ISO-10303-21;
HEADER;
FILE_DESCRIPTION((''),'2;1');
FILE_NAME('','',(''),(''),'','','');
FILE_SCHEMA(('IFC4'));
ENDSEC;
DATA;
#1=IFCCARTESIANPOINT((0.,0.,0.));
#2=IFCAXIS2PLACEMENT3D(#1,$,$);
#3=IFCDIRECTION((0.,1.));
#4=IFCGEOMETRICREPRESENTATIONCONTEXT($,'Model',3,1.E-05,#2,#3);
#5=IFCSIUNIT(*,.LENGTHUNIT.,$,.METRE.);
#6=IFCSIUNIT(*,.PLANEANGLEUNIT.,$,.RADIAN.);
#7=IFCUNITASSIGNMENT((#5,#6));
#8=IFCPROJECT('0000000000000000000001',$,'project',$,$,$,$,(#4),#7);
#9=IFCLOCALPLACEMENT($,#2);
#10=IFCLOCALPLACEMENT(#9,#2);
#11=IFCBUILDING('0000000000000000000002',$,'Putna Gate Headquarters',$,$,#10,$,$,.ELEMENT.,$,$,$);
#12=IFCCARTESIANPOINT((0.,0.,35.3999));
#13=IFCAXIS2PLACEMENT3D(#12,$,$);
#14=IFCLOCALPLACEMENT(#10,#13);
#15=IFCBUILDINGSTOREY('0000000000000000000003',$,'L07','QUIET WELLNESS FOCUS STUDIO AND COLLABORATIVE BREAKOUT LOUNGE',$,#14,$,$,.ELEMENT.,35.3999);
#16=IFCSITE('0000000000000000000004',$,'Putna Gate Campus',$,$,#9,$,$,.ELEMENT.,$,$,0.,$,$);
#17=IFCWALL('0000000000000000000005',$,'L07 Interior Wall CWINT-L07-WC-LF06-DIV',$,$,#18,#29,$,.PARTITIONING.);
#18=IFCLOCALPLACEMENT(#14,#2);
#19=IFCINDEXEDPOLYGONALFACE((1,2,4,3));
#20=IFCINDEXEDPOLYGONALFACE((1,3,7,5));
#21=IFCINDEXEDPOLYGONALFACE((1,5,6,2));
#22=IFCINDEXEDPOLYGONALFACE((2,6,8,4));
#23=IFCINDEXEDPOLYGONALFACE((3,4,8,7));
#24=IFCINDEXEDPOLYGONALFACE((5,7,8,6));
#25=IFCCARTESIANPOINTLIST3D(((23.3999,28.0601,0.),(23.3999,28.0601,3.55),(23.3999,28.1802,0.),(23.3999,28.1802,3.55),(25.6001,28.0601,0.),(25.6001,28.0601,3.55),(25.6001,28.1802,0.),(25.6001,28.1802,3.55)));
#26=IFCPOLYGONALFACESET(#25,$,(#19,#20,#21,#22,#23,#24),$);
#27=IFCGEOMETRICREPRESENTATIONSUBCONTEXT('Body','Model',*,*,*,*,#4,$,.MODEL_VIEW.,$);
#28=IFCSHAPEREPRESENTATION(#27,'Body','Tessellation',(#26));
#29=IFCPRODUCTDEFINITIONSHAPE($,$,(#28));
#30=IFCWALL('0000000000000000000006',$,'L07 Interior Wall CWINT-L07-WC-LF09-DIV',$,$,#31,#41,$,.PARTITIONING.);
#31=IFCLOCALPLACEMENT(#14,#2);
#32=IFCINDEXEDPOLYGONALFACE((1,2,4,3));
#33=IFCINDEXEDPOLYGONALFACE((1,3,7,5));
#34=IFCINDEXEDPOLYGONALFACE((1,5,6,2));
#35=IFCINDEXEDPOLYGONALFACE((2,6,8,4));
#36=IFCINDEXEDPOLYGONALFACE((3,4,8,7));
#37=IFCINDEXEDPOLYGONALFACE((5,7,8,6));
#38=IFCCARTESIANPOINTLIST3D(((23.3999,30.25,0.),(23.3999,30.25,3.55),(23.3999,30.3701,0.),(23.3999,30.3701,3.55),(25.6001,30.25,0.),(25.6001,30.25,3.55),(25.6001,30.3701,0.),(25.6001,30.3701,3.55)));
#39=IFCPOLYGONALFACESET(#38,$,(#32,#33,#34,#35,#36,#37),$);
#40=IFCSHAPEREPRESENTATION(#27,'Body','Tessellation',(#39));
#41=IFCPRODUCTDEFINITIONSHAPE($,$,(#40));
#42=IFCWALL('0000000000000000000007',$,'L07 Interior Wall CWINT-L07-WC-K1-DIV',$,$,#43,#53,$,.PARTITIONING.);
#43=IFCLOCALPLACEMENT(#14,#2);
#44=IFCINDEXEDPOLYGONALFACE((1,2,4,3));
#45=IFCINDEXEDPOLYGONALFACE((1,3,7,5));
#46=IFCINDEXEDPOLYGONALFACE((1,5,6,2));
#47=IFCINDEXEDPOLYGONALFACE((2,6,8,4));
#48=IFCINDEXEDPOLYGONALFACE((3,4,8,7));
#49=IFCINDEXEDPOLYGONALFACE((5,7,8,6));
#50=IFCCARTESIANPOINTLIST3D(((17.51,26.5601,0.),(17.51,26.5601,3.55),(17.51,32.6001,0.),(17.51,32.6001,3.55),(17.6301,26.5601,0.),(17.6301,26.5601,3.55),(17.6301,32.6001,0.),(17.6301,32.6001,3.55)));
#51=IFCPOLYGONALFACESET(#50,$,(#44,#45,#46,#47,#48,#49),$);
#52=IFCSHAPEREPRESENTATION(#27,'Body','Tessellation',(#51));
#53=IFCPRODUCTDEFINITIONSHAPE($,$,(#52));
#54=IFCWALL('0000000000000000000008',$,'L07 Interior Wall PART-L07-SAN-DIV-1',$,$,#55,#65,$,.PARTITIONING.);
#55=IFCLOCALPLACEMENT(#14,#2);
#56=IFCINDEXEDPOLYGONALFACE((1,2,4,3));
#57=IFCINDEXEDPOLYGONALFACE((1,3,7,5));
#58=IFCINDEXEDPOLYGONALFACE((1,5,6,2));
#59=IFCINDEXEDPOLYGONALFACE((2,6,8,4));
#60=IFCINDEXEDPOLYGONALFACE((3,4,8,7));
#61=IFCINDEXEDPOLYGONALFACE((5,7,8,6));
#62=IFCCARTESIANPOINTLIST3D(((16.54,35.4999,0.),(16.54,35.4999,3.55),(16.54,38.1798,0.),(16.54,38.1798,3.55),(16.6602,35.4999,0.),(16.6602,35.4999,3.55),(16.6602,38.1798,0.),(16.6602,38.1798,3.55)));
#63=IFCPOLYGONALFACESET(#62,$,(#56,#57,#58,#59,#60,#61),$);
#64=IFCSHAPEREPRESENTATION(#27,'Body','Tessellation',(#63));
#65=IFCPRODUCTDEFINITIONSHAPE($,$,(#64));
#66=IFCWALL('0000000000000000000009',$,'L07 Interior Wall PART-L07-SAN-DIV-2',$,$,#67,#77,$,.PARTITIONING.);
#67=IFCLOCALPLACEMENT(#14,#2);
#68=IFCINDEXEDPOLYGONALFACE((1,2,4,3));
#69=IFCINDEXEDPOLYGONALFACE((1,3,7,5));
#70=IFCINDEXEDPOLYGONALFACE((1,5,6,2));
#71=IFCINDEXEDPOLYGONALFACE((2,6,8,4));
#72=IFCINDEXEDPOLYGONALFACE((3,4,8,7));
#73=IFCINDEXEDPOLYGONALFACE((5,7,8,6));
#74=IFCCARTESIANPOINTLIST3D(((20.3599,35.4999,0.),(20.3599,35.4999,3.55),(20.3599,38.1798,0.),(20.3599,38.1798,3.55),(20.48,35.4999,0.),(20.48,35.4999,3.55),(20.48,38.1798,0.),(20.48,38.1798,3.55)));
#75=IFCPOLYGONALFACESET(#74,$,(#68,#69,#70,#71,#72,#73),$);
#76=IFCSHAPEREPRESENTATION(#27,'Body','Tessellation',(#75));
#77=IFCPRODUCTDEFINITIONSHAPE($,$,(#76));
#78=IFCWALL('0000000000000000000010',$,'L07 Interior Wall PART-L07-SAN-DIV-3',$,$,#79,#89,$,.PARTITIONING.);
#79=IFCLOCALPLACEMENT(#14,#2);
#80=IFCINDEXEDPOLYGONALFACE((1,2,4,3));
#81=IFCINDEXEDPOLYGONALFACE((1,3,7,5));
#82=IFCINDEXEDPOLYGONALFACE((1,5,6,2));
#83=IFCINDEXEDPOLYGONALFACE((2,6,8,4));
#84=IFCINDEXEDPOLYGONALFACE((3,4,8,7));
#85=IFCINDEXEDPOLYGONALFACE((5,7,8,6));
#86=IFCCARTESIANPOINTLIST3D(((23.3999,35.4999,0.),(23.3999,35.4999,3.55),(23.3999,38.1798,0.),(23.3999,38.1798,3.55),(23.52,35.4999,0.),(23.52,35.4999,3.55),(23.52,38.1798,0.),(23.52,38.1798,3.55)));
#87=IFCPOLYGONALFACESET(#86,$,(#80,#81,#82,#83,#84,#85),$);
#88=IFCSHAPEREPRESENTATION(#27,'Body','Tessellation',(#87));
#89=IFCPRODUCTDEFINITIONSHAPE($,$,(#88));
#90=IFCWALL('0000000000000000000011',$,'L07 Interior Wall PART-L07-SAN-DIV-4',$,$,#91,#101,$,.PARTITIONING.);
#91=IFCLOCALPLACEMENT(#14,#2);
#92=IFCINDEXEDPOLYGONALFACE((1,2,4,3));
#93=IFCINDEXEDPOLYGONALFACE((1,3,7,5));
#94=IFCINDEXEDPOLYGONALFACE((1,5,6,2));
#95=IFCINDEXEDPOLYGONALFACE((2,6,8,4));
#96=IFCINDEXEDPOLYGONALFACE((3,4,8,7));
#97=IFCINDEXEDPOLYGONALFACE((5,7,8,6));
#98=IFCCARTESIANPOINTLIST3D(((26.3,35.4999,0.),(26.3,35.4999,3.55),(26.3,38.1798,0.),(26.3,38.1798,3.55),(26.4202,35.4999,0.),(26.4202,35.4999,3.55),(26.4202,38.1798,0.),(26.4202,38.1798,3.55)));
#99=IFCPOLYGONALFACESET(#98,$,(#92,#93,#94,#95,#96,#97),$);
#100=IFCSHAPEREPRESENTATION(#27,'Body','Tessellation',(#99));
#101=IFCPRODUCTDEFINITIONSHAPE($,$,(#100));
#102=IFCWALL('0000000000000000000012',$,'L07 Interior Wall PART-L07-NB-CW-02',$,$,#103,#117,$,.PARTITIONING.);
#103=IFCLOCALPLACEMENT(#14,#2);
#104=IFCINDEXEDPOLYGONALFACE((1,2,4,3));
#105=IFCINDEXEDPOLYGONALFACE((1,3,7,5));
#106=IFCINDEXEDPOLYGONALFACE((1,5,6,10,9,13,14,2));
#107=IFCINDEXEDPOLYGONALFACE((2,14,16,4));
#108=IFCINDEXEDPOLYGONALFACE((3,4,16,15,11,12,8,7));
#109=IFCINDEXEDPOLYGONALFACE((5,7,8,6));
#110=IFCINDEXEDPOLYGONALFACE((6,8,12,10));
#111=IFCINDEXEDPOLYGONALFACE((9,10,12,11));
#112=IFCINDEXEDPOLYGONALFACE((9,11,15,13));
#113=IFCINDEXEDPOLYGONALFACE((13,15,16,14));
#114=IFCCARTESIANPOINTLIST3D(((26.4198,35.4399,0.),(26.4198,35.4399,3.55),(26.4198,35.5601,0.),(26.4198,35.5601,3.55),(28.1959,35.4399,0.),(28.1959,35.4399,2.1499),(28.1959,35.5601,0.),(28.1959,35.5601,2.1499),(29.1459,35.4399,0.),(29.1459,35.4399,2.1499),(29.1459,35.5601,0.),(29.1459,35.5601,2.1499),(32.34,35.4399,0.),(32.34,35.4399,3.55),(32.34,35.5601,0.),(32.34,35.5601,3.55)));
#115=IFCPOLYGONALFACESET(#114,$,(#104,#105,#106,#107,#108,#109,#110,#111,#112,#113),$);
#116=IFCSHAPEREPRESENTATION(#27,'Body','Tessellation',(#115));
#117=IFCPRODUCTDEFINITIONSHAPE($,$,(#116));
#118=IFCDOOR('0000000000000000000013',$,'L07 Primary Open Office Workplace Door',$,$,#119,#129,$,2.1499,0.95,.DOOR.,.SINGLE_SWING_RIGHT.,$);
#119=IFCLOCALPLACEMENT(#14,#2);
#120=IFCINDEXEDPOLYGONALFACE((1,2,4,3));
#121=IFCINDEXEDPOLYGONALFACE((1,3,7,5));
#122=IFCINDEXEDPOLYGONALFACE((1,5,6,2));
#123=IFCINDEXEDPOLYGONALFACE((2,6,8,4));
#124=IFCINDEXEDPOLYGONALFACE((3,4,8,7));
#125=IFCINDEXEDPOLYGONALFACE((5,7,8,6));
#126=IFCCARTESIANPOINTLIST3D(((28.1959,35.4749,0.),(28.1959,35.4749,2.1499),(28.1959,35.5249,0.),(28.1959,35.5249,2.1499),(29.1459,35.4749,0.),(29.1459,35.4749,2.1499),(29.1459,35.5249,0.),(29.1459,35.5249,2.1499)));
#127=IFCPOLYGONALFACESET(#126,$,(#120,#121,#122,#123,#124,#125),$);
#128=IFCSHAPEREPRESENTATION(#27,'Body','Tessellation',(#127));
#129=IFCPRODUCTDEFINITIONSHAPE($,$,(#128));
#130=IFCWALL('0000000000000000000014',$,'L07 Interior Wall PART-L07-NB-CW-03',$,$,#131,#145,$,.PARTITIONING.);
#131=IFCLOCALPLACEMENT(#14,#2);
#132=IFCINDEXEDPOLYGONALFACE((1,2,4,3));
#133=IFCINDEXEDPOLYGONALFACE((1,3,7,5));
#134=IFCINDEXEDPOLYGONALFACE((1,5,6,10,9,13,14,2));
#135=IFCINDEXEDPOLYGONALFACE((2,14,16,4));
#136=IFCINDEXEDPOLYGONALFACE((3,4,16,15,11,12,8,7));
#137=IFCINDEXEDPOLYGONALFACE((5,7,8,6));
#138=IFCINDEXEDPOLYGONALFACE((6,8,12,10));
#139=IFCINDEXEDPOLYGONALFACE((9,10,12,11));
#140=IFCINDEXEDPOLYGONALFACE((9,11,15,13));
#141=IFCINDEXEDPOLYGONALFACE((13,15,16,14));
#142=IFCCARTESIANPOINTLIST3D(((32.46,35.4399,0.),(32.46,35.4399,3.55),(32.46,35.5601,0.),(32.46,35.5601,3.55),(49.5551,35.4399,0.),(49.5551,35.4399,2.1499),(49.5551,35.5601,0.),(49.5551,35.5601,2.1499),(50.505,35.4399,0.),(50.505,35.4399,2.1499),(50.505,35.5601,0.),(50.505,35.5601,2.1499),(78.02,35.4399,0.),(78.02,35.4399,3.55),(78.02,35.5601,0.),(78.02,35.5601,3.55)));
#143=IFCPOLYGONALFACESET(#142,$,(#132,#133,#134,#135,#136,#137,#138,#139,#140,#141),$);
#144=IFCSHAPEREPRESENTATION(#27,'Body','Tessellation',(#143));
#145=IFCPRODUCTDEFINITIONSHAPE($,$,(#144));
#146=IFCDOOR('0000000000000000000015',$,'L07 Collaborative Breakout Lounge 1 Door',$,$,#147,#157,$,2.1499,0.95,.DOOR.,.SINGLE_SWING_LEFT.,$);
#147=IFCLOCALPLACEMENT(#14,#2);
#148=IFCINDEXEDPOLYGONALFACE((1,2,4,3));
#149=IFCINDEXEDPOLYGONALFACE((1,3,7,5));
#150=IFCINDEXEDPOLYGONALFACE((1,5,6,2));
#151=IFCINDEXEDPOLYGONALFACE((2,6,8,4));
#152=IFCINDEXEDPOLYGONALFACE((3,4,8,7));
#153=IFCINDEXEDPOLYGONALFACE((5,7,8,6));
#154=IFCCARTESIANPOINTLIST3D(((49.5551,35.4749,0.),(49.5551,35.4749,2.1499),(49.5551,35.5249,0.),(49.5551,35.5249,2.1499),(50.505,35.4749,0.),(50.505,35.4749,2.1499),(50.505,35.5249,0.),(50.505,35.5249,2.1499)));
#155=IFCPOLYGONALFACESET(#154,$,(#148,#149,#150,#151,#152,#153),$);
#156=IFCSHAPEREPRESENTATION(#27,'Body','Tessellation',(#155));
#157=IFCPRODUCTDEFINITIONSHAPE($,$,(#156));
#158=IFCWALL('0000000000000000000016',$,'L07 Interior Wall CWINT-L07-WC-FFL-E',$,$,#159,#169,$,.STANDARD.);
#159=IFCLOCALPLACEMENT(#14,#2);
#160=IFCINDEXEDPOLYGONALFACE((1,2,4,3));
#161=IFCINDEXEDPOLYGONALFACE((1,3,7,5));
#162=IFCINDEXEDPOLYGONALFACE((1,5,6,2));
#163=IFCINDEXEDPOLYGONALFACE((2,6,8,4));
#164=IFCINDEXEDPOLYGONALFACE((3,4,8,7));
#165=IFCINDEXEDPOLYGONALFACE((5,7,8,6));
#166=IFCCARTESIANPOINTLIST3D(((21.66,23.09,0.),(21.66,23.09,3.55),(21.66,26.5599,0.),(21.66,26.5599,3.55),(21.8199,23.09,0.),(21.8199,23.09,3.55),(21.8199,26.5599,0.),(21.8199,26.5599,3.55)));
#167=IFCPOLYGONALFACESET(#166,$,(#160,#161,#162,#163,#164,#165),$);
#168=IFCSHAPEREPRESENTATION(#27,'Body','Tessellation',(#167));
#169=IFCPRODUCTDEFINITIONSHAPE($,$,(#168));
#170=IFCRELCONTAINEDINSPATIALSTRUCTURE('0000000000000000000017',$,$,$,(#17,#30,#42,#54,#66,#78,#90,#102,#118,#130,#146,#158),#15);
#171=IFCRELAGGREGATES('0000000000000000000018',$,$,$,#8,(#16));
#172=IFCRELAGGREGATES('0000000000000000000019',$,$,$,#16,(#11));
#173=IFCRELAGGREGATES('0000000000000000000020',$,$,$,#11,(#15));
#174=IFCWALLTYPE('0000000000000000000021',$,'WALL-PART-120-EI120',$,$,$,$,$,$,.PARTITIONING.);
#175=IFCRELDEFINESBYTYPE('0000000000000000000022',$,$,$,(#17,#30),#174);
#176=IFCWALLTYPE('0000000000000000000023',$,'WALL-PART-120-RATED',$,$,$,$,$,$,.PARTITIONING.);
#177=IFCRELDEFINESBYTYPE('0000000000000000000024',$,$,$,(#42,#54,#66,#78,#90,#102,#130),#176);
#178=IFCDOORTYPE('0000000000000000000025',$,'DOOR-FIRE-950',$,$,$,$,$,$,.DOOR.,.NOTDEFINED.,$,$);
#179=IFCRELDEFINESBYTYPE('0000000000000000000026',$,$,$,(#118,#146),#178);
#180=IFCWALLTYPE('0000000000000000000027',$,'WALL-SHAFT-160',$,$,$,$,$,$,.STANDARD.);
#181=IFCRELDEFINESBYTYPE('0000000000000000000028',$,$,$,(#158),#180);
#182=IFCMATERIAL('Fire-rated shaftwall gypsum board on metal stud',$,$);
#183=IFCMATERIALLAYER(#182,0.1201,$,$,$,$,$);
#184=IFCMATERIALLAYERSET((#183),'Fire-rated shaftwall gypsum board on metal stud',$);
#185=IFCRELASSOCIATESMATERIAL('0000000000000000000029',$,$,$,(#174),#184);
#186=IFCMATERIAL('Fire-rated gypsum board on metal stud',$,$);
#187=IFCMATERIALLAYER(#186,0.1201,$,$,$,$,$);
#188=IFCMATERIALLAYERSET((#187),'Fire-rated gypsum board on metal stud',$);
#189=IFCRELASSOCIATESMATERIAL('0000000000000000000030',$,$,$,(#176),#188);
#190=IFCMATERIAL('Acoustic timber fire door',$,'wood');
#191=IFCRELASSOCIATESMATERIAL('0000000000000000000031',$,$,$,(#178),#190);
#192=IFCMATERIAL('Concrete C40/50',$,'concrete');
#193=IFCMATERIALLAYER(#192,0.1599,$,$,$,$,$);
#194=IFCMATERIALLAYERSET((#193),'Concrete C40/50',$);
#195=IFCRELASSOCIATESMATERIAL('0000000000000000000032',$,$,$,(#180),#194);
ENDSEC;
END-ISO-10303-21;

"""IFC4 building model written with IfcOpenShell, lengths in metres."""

from ifc_helpers import new_model, si_unit, direction, frame, frame_2d, origin, place, context, subcontext, project, spatial, rectangle, extrude, material, layer, layer_set, type_object, element, fill, save


model = new_model("IFC4")

# Units and contexts
model_context = context("Model", 3, precision=1e-05, world=origin(), true_north=direction((0.0, 1.0)))
body_context = subcontext(model_context, "Body", "Model", "MODEL_VIEW")
ifc_project = project(units=[si_unit("LENGTHUNIT", "METRE"), si_unit("PLANEANGLEUNIT", "RADIAN")], contexts=[model_context])

# Site, building, storey
site_placement = place(None, origin())
site = spatial("IfcSite", under=ifc_project, at=site_placement, Name="Putna Gate Campus", CompositionType="ELEMENT", RefElevation=0.0)
building_placement = place(site_placement, origin())
building = spatial("IfcBuilding", under=site, at=building_placement, Name="Putna Gate Headquarters", CompositionType="ELEMENT")
storey_placement = place(building_placement, frame((0.0, 0.0, 35.3999)))
storey = spatial("IfcBuildingStorey", under=building, at=storey_placement, Name="L07", Description="QUIET WELLNESS FOCUS STUDIO AND COLLABORATIVE BREAKOUT LOUNGE", CompositionType="ELEMENT", Elevation=35.3999)

# Walls
ifc_material_1 = material(Name="Fire-rated shaftwall gypsum board on metal stud")
ifc_layer_1 = layer(ifc_material_1, 0.1201)
ifc_layer_set_1 = layer_set([ifc_layer_1], Name="Fire-rated shaftwall gypsum board on metal stud")
wall_type_1 = type_object("IfcWallType", Name="WALL-PART-120-EI120", PredefinedType="PARTITIONING", material=ifc_layer_set_1)
for number, where, z_axis, x_axis, name in (
    (1, (23.3999, 28.1201, 0.0), (0.0, 0.0, 1.0), (1.0, 0.0, 0.0), "L07 Interior Wall CWINT-L07-WC-LF06-DIV"),
    (2, (23.3999, 30.3101, 0.0), (0.0, 0.0, 1.0), (1.0, 0.0, 0.0), "L07 Interior Wall CWINT-L07-WC-LF09-DIV"),
):
    element("IfcWall", number, at=place(storey_placement, frame(where, z_axis=z_axis, x_axis=x_axis)), inside=storey, type_object=wall_type_1, Name=name, PredefinedType="PARTITIONING", context=body_context, shape_type="SweptSolid", body=[
        extrude(rectangle(XDim=2.2002, YDim=0.1201, at=frame_2d((1.1001, 0.0))), origin(), (0.0, 0.0, 1.0), 3.55),
    ])
ifc_material_2 = material(Name="Fire-rated gypsum board on metal stud")
ifc_layer_2 = layer(ifc_material_2, 0.1201)
ifc_layer_set_2 = layer_set([ifc_layer_2], Name="Fire-rated gypsum board on metal stud")
wall_type_2 = type_object("IfcWallType", Name="WALL-PART-120-RATED", PredefinedType="PARTITIONING", material=ifc_layer_set_2)
wall_1_placement = place(storey_placement, frame((17.5701, 26.5601, 0.0), z_axis=(0.0, 0.0, 1.0), x_axis=(0.0, 1.0, 0.0)))
element("IfcWall", 3, at=wall_1_placement, inside=storey, type_object=wall_type_2, Name="L07 Interior Wall CWINT-L07-WC-K1-DIV", PredefinedType="PARTITIONING", context=body_context, shape_type="SweptSolid", body=[
    extrude(rectangle(XDim=6.04, YDim=0.1201, at=frame_2d((3.02, 0.0))), origin(), (0.0, 0.0, 1.0), 3.55),
])
for number, where, z_axis, x_axis, name in (
    (4, (16.6001, 35.5, 0.0), (0.0, 0.0, 1.0), (0.0, 1.0, 0.0), "L07 Interior Wall PART-L07-SAN-DIV-1"),
    (5, (20.4199, 35.5, 0.0), (0.0, 0.0, 1.0), (0.0, 1.0, 0.0), "L07 Interior Wall PART-L07-SAN-DIV-2"),
    (6, (23.46, 35.5, 0.0), (0.0, 0.0, 1.0), (0.0, 1.0, 0.0), "L07 Interior Wall PART-L07-SAN-DIV-3"),
    (7, (26.3601, 35.5, 0.0), (0.0, 0.0, 1.0), (0.0, 1.0, 0.0), "L07 Interior Wall PART-L07-SAN-DIV-4"),
):
    element("IfcWall", number, at=place(storey_placement, frame(where, z_axis=z_axis, x_axis=x_axis)), inside=storey, type_object=wall_type_2, Name=name, PredefinedType="PARTITIONING", context=body_context, shape_type="SweptSolid", body=[
        extrude(rectangle(XDim=2.6799, YDim=0.1201, at=frame_2d((1.3398, 0.0))), origin(), (0.0, 0.0, 1.0), 3.55),
    ])

# Walls, openings, doors
wall_2_placement = place(storey_placement, frame((26.4199, 35.5, 0.0), z_axis=(0.0, 0.0, 1.0), x_axis=(1.0, 0.0, 0.0)))
wall_2 = element("IfcWall", 8, at=wall_2_placement, inside=storey, type_object=wall_type_2, Name="L07 Interior Wall PART-L07-NB-CW-02", PredefinedType="PARTITIONING", context=body_context, shape_type="SweptSolid", body=[
    extrude(rectangle(XDim=5.9202, YDim=0.1201, at=frame_2d((2.96, 0.0))), origin(), (0.0, 0.0, 1.0), 3.55),
])
opening_1_placement = place(wall_2_placement, frame((1.7759, 0.0, 0.0)))
opening_1 = element("IfcOpeningElement", 9, at=opening_1_placement, cuts=wall_2, PredefinedType="OPENING", context=body_context, shape_type="SweptSolid", body=[
    extrude(rectangle(XDim=0.95, YDim=2.1499, at=frame_2d((0.4751, 1.075))), frame((0.0, 0.0701, 0.0), z_axis=(0.0, -1.0, 0.0), x_axis=(1.0, 0.0, 0.0)), (0.0, 0.0, 1.0), 0.1401),
])
ifc_material_3 = material(Name="Acoustic timber fire door", Category="wood")
door_type_1 = type_object("IfcDoorType", Name="DOOR-FIRE-950", OperationType="NOTDEFINED", PredefinedType="DOOR", material=ifc_material_3)
door_1_placement = place(opening_1_placement, origin())
door_1 = element("IfcDoor", 10, at=door_1_placement, inside=storey, type_object=door_type_1, Name="L07 Primary Open Office Workplace Door", OperationType="SINGLE_SWING_RIGHT", OverallHeight=2.1499, OverallWidth=0.95, PredefinedType="DOOR", context=body_context, shape_type="SweptSolid", body=[
    extrude(rectangle(XDim=0.95, YDim=2.1499, at=frame_2d((0.4751, 1.075))), frame((0.0, 0.0249, 0.0), z_axis=(0.0, -1.0, 0.0), x_axis=(1.0, 0.0, 0.0)), (0.0, 0.0, 1.0), 0.05),
])
fill(opening_1, door_1)
wall_3_placement = place(storey_placement, frame((32.46, 35.5, 0.0), z_axis=(0.0, 0.0, 1.0), x_axis=(1.0, 0.0, 0.0)))
wall_3 = element("IfcWall", 11, at=wall_3_placement, inside=storey, type_object=wall_type_2, Name="L07 Interior Wall PART-L07-NB-CW-03", PredefinedType="PARTITIONING", context=body_context, shape_type="SweptSolid", body=[
    extrude(rectangle(XDim=45.5601, YDim=0.1201, at=frame_2d((22.78, 0.0))), origin(), (0.0, 0.0, 1.0), 3.55),
])
opening_2_placement = place(wall_3_placement, frame((17.095, 0.0, 0.0)))
opening_2 = element("IfcOpeningElement", 12, at=opening_2_placement, cuts=wall_3, PredefinedType="OPENING", context=body_context, shape_type="SweptSolid", body=[
    extrude(rectangle(XDim=0.95, YDim=2.1499, at=frame_2d((0.4751, 1.075))), frame((0.0, 0.0701, 0.0), z_axis=(0.0, -1.0, 0.0), x_axis=(1.0, 0.0, 0.0)), (0.0, 0.0, 1.0), 0.1401),
])
door_2_placement = place(opening_2_placement, origin())
door_2 = element("IfcDoor", 13, at=door_2_placement, inside=storey, type_object=door_type_1, Name="L07 Collaborative Breakout Lounge 1 Door", OperationType="SINGLE_SWING_LEFT", OverallHeight=2.1499, OverallWidth=0.95, PredefinedType="DOOR", context=body_context, shape_type="SweptSolid", body=[
    extrude(rectangle(XDim=0.95, YDim=2.1499, at=frame_2d((0.4751, 1.075))), frame((0.0, 0.0249, 0.0), z_axis=(0.0, -1.0, 0.0), x_axis=(1.0, 0.0, 0.0)), (0.0, 0.0, 1.0), 0.05),
])
fill(opening_2, door_2)

# Wall
ifc_material_4 = material(Name="Concrete C40/50", Category="concrete")
ifc_layer_3 = layer(ifc_material_4, 0.1599)
ifc_layer_set_3 = layer_set([ifc_layer_3], Name="Concrete C40/50")
wall_type_3 = type_object("IfcWallType", Name="WALL-SHAFT-160", PredefinedType="STANDARD", material=ifc_layer_set_3)
wall_4_placement = place(storey_placement, frame((21.74, 23.0901, 0.0), z_axis=(0.0, 0.0, 1.0), x_axis=(0.0, 1.0, 0.0)))
element("IfcWall", 14, at=wall_4_placement, inside=storey, type_object=wall_type_3, Name="L07 Interior Wall CWINT-L07-WC-FFL-E", PredefinedType="STANDARD", context=body_context, shape_type="SweptSolid", body=[
    extrude(rectangle(XDim=3.47, YDim=0.1599, at=frame_2d((1.7349, 0.0))), origin(), (0.0, 0.0, 1.0), 3.55),
])

save(model, "model.ifc")
